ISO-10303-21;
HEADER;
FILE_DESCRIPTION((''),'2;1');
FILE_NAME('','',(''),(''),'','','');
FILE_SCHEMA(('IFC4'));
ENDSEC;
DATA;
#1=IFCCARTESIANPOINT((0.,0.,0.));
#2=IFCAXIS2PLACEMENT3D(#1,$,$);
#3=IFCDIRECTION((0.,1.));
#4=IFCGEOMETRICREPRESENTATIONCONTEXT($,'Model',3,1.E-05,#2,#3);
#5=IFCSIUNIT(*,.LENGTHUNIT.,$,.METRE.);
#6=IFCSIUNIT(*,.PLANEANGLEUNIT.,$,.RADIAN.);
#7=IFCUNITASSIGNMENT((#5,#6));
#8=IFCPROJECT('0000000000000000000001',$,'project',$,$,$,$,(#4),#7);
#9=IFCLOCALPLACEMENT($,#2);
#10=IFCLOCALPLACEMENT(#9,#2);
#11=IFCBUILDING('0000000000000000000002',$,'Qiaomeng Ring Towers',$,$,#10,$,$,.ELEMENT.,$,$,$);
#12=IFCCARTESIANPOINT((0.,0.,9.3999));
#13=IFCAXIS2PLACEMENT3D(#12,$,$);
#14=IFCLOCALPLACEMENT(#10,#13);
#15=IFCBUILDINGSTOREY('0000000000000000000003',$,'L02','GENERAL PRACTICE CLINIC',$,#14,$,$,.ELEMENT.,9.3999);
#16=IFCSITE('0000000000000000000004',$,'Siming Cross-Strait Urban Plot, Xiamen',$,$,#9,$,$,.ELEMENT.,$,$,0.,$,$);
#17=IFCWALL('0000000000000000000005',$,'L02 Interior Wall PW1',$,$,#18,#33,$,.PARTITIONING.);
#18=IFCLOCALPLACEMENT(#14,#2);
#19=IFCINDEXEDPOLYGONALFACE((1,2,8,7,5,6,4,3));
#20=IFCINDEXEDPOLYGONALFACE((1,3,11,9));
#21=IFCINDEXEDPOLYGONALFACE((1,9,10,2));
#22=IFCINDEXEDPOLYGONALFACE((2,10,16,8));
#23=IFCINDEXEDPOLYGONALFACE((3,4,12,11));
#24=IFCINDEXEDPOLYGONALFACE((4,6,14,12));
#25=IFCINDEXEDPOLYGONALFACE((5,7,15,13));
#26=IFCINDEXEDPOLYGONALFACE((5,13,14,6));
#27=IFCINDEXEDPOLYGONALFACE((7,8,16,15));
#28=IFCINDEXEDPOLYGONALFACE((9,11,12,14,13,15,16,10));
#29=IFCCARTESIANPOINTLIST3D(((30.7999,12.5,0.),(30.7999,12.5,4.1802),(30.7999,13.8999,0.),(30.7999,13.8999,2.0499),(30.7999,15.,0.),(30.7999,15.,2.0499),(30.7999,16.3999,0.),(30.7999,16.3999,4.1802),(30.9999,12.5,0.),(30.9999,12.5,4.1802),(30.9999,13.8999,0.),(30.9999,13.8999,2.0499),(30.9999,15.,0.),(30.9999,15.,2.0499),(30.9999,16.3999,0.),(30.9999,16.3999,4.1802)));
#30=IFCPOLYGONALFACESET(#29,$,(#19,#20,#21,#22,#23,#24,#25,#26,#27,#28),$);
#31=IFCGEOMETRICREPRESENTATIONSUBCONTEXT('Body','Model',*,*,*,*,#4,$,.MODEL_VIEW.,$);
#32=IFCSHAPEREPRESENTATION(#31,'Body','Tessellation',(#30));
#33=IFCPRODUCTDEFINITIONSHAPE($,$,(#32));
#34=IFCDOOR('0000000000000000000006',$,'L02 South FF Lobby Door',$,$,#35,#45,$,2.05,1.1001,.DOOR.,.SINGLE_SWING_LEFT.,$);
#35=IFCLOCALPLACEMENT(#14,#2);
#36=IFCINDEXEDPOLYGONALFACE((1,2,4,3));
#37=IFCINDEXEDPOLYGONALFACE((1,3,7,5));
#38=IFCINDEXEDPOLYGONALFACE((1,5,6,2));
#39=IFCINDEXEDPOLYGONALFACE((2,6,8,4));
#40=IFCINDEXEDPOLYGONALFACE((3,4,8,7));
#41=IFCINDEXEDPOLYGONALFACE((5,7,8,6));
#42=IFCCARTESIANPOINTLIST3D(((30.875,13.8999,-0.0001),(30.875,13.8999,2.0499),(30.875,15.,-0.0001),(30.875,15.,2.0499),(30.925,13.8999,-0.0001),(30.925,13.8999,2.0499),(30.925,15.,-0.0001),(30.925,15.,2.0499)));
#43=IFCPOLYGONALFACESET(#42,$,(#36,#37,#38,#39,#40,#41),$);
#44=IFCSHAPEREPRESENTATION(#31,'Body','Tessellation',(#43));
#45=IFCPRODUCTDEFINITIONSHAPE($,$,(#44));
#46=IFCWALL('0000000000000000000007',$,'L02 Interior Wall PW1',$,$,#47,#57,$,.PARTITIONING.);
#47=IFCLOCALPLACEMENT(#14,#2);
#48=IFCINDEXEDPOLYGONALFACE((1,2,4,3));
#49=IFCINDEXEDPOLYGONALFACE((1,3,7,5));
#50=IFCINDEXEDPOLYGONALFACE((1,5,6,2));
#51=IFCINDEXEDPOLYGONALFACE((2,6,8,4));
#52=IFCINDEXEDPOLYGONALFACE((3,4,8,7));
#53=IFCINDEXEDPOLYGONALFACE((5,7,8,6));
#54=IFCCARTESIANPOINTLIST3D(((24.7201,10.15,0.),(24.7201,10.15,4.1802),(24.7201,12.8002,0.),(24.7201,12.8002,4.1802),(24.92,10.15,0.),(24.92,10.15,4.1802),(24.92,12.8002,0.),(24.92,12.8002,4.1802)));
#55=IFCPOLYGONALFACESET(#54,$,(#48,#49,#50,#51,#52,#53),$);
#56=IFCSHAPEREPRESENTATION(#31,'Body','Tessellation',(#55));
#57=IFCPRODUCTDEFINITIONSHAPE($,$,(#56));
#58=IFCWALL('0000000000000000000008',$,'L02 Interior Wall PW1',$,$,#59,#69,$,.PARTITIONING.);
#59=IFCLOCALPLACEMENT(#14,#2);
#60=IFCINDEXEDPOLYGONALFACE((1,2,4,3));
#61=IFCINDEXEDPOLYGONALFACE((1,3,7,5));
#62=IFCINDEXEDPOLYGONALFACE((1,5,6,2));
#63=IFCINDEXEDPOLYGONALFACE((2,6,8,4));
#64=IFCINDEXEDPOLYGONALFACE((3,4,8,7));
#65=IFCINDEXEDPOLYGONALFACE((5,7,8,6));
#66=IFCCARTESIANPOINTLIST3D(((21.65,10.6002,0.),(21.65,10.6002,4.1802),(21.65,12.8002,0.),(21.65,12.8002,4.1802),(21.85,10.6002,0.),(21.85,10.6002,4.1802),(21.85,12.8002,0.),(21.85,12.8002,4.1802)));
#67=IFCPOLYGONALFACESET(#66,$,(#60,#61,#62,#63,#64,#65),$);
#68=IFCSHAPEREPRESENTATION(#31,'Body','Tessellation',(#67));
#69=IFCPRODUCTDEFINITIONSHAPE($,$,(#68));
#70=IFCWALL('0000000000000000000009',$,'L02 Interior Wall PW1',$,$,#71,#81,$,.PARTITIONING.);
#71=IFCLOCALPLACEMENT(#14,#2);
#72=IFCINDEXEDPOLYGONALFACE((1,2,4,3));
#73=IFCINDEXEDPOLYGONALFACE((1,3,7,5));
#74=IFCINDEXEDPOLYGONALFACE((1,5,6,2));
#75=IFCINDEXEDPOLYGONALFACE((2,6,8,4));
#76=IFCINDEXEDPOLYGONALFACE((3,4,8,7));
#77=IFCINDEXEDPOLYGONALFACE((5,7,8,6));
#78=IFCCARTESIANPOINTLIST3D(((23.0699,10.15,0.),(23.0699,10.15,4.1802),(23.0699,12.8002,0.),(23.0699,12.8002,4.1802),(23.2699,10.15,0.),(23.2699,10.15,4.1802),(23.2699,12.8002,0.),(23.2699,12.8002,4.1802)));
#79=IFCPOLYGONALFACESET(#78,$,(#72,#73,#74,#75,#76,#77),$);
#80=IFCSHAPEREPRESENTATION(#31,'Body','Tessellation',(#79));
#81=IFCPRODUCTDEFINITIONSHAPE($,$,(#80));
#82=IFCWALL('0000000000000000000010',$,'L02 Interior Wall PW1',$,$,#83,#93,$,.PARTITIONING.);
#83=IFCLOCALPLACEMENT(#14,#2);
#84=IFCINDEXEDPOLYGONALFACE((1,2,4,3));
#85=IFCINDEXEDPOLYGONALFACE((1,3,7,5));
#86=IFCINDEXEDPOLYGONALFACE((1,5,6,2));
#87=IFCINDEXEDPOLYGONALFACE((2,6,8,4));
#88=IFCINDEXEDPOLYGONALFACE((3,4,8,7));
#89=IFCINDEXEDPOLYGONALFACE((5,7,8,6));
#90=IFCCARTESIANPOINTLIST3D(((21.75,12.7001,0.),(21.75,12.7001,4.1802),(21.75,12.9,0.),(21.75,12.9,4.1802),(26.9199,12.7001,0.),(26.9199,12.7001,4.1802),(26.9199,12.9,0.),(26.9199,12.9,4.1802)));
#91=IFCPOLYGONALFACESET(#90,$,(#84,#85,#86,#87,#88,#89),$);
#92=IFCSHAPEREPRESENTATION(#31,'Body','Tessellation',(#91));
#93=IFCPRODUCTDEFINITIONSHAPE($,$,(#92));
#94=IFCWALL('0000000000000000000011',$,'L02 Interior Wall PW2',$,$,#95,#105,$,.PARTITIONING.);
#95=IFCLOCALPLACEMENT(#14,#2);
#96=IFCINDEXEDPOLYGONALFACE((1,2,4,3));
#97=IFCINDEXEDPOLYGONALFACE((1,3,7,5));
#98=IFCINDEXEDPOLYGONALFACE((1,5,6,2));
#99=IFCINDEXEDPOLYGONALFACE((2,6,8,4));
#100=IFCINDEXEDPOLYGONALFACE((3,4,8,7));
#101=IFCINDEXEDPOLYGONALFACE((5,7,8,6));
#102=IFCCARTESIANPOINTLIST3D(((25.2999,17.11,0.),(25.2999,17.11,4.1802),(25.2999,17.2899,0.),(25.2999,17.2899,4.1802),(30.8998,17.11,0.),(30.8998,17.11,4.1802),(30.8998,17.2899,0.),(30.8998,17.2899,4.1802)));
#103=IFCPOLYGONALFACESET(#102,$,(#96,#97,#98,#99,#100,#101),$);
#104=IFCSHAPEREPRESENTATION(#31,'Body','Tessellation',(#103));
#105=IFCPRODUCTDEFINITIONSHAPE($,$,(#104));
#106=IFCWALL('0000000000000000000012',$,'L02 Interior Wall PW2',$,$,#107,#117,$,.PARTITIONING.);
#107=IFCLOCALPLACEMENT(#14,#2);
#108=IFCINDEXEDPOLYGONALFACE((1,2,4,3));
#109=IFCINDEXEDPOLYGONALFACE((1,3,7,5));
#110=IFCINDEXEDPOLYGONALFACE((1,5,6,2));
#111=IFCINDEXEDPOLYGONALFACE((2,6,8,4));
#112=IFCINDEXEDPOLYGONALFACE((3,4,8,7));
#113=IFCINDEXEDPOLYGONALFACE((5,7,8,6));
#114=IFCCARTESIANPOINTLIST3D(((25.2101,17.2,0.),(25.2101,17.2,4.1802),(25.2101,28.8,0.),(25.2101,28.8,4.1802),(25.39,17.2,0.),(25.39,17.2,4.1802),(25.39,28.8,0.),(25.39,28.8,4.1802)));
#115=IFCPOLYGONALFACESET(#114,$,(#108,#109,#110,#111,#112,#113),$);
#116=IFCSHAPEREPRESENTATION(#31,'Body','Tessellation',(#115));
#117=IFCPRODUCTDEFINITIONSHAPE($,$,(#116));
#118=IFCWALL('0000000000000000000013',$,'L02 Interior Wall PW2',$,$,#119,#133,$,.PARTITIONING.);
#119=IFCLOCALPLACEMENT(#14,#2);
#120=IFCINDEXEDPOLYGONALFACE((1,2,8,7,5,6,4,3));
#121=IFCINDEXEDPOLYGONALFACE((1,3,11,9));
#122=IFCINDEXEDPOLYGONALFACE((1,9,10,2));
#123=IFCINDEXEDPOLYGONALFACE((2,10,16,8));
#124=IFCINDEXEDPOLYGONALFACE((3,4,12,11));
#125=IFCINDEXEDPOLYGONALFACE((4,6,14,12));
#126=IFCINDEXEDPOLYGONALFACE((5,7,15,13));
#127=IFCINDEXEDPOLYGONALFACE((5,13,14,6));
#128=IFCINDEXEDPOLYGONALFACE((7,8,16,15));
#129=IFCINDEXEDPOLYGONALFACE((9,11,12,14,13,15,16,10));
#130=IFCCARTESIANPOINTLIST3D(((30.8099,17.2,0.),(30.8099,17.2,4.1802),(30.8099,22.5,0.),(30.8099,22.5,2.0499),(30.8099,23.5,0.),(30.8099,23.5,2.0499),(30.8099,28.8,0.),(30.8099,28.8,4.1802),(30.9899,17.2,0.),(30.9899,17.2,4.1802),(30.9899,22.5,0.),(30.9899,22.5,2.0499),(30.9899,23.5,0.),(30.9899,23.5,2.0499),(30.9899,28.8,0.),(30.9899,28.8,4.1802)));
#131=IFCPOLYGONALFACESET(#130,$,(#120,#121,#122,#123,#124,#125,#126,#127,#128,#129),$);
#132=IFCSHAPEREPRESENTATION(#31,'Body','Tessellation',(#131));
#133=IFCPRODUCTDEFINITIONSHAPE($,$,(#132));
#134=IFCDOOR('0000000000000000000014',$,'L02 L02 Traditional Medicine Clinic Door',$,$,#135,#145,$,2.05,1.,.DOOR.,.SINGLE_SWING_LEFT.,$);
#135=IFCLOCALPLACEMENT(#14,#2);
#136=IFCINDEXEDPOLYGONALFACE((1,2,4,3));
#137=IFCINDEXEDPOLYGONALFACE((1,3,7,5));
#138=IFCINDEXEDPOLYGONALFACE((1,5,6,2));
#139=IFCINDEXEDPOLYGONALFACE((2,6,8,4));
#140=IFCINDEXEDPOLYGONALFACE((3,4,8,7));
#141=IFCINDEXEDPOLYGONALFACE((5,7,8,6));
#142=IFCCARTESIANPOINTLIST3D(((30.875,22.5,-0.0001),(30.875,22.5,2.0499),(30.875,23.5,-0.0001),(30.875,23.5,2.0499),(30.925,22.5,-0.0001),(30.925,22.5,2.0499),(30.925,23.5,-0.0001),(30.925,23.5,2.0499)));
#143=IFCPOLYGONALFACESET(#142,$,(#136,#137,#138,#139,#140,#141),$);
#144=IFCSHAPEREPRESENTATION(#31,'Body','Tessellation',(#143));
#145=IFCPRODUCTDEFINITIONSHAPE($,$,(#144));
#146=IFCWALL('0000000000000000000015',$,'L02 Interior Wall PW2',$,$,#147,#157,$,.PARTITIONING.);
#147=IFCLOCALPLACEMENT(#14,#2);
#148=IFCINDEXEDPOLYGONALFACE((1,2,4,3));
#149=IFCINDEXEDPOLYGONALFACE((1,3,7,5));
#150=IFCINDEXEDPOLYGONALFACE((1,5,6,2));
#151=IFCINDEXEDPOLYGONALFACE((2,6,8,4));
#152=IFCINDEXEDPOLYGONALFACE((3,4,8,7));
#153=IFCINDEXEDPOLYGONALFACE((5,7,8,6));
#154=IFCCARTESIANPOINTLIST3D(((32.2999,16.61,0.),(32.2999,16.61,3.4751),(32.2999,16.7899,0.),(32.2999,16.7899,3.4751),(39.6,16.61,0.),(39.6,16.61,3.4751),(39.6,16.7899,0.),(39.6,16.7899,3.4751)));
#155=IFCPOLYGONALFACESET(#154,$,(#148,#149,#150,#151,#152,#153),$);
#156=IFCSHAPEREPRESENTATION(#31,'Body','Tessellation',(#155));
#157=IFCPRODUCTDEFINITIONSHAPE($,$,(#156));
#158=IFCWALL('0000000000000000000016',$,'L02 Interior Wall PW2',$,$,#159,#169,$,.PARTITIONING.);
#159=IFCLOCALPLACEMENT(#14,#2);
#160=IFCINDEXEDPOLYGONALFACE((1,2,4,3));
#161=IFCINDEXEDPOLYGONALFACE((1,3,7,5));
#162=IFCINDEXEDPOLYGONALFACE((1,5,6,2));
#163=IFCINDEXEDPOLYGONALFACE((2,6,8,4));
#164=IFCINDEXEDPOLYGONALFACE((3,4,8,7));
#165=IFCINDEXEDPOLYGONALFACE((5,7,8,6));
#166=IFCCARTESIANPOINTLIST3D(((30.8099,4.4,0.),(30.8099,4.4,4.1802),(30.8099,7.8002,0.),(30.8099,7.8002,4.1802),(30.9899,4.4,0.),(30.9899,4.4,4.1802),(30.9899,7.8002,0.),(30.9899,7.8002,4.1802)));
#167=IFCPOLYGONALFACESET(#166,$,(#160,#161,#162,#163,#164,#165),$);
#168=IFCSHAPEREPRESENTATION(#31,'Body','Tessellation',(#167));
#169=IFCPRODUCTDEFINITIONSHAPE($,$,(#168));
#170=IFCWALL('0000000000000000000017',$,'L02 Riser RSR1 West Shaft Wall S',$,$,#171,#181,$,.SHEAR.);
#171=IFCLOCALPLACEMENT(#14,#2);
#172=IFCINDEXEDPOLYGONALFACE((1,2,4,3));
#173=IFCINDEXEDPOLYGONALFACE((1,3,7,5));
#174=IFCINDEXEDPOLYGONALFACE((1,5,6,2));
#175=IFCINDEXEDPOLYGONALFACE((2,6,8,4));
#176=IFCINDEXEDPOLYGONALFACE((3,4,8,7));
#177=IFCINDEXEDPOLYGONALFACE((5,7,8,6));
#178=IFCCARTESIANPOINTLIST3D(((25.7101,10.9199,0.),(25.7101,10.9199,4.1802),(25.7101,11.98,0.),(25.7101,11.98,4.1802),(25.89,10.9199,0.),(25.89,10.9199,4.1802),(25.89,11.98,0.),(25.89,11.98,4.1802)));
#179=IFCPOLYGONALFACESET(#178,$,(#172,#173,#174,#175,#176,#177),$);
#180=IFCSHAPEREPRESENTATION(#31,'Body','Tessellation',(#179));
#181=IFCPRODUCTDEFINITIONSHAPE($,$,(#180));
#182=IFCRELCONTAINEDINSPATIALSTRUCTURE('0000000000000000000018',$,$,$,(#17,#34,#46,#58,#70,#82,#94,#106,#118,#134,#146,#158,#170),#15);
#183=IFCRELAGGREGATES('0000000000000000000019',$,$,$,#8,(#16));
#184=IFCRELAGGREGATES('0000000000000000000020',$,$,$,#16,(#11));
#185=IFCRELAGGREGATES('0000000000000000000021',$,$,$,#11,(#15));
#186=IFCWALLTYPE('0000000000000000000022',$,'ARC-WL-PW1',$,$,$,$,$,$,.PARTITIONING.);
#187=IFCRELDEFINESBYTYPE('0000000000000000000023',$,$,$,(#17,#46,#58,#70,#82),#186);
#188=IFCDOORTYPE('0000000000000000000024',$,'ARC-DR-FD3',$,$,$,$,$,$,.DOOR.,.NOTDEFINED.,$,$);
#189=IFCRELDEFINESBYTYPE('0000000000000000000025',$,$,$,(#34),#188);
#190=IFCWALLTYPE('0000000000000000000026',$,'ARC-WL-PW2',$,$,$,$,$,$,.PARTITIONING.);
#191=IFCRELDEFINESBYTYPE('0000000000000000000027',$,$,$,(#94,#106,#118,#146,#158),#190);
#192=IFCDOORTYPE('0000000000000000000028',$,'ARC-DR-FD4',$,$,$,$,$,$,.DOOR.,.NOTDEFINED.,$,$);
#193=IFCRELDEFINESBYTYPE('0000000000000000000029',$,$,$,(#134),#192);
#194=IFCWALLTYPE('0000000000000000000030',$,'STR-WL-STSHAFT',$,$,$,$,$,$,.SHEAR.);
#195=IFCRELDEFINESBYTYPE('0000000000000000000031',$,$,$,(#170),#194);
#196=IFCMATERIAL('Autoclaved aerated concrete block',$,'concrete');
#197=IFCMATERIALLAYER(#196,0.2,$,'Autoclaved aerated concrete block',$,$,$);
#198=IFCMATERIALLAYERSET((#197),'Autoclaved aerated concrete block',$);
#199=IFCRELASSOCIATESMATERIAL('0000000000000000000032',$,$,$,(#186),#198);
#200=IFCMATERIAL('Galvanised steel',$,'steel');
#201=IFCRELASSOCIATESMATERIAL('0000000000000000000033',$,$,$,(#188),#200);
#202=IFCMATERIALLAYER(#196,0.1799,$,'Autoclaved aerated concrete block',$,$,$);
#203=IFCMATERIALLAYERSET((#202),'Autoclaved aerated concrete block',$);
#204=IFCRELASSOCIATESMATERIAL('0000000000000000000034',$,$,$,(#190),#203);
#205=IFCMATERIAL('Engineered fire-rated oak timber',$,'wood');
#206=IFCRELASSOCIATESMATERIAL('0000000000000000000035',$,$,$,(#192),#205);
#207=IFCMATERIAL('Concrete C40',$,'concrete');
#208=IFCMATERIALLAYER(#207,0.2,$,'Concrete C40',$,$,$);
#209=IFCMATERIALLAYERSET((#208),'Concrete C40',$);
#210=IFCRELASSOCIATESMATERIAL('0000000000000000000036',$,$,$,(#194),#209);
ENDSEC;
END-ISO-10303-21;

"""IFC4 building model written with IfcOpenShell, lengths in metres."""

from ifc_helpers import new_model, si_unit, direction, frame, frame_2d, origin, place, context, subcontext, project, spatial, rectangle, extrude, source, transform, mapped, material, layer, layer_set, type_object, element, fill, save


model = new_model("IFC4")

# Units and contexts
model_context = context("Model", 3, precision=1e-05, world=origin(), true_north=direction((0.0, 1.0)))
body_context = subcontext(model_context, "Body", "Model", "MODEL_VIEW")
ifc_project = project(units=[si_unit("LENGTHUNIT", "METRE"), si_unit("PLANEANGLEUNIT", "RADIAN")], contexts=[model_context])

# Site, building, storey
site_placement = place(None, origin())
site = spatial("IfcSite", under=ifc_project, at=site_placement, Name="Siming Cross-Strait Urban Plot, Xiamen", CompositionType="ELEMENT", RefElevation=0.0)
building_placement = place(site_placement, origin())
building = spatial("IfcBuilding", under=site, at=building_placement, Name="Qiaomeng Ring Towers", CompositionType="ELEMENT")
storey_placement = place(building_placement, frame((0.0, 0.0, 9.3999)))
storey = spatial("IfcBuildingStorey", under=building, at=storey_placement, Name="L02", Description="GENERAL PRACTICE CLINIC", CompositionType="ELEMENT", Elevation=9.3999)

# Shared definitions
ifc_material_1 = material(Name="Autoclaved aerated concrete block", Category="concrete")
ifc_layer_1 = layer(ifc_material_1, 0.2, Name="Autoclaved aerated concrete block")
ifc_layer_set_1 = layer_set([ifc_layer_1], Name="Autoclaved aerated concrete block")
wall_type_1 = type_object("IfcWallType", Name="ARC-WL-PW1", PredefinedType="PARTITIONING", material=ifc_layer_set_1)

# Wall, opening, door
wall_1_placement = place(storey_placement, frame((30.8999, 12.5, 0.0), z_axis=(0.0, 0.0, 1.0), x_axis=(0.0, 1.0, 0.0)))
wall_1 = element("IfcWall", 1, at=wall_1_placement, inside=storey, type_object=wall_type_1, Name="L02 Interior Wall PW1", PredefinedType="PARTITIONING", context=body_context, shape_type="SweptSolid", body=[
    extrude(rectangle(XDim=3.8999, YDim=0.2, at=frame_2d((1.95, 0.0))), origin(), (0.0, 0.0, 1.0), 4.1802),
])
opening_1_placement = place(wall_1_placement, frame((1.3999, 0.0, 0.0)))
opening_1 = element("IfcOpeningElement", 2, at=opening_1_placement, cuts=wall_1, PredefinedType="OPENING", context=body_context, shape_type="SweptSolid", body=[
    extrude(rectangle(XDim=1.1001, YDim=2.05, at=frame_2d((0.55, 1.0249))), frame((0.0, 0.1099, 0.0), z_axis=(0.0, -1.0, 0.0), x_axis=(1.0, 0.0, 0.0)), (0.0, 0.0, 1.0), 0.22),
])
ifc_material_2 = material(Name="Galvanised steel", Category="steel")
door_type_1 = type_object("IfcDoorType", Name="ARC-DR-FD3", OperationType="NOTDEFINED", PredefinedType="DOOR", material=ifc_material_2)
shared_shape_1 = source(origin(), body_context, "Body", "SweptSolid", [
    extrude(rectangle(XDim=1.1001, YDim=2.05, at=frame_2d((0.55, 1.0249))), frame((0.0, 0.0249, 0.0), z_axis=(0.0, -1.0, 0.0), x_axis=(1.0, 0.0, 0.0)), (0.0, 0.0, 1.0), 0.05),
])
door_1_placement = place(opening_1_placement, origin())
door_1 = element("IfcDoor", 3, at=door_1_placement, inside=storey, type_object=door_type_1, Name="L02 South FF Lobby Door", OperationType="SINGLE_SWING_LEFT", OverallHeight=2.05, OverallWidth=1.1001, PredefinedType="DOOR", context=body_context, shape_type="MappedRepresentation", body=[
    mapped(shared_shape_1, transform((0.0, 0.0, 0.0), x_axis=(1.0, 0.0, 0.0), y_axis=(0.0, 1.0, 0.0), z_axis=(0.0, 0.0, 1.0), scale=1.0)),
])
fill(opening_1, door_1)

# Walls
wall_2_placement = place(storey_placement, frame((24.8201, 10.1499, 0.0), z_axis=(0.0, 0.0, 1.0), x_axis=(0.0, 1.0, 0.0)))
element("IfcWall", 4, at=wall_2_placement, inside=storey, type_object=wall_type_1, Name="L02 Interior Wall PW1", PredefinedType="PARTITIONING", context=body_context, shape_type="SweptSolid", body=[
    extrude(rectangle(XDim=2.6501, YDim=0.2, at=frame_2d((1.3252, 0.0))), origin(), (0.0, 0.0, 1.0), 4.1802),
])
wall_3_placement = place(storey_placement, frame((21.75, 10.6001, 0.0), z_axis=(0.0, 0.0, 1.0), x_axis=(0.0, 1.0, 0.0)))
element("IfcWall", 5, at=wall_3_placement, inside=storey, type_object=wall_type_1, Name="L02 Interior Wall PW1", PredefinedType="PARTITIONING", context=body_context, shape_type="SweptSolid", body=[
    extrude(rectangle(XDim=2.2, YDim=0.2, at=frame_2d((1.1001, 0.0))), origin(), (0.0, 0.0, 1.0), 4.1802),
])
wall_4_placement = place(storey_placement, frame((23.1699, 10.1499, 0.0), z_axis=(0.0, 0.0, 1.0), x_axis=(0.0, 1.0, 0.0)))
element("IfcWall", 6, at=wall_4_placement, inside=storey, type_object=wall_type_1, Name="L02 Interior Wall PW1", PredefinedType="PARTITIONING", context=body_context, shape_type="SweptSolid", body=[
    extrude(rectangle(XDim=2.6501, YDim=0.2, at=frame_2d((1.3252, 0.0))), origin(), (0.0, 0.0, 1.0), 4.1802),
])
wall_5_placement = place(storey_placement, frame((21.75, 12.8, 0.0), z_axis=(0.0, 0.0, 1.0), x_axis=(1.0, 0.0, 0.0)))
element("IfcWall", 7, at=wall_5_placement, inside=storey, type_object=wall_type_1, Name="L02 Interior Wall PW1", PredefinedType="PARTITIONING", context=body_context, shape_type="SweptSolid", body=[
    extrude(rectangle(XDim=5.1699, YDim=0.2, at=frame_2d((2.585, 0.0))), origin(), (0.0, 0.0, 1.0), 4.1802),
])
ifc_layer_2 = layer(ifc_material_1, 0.1799, Name="Autoclaved aerated concrete block")
ifc_layer_set_2 = layer_set([ifc_layer_2], Name="Autoclaved aerated concrete block")
wall_type_2 = type_object("IfcWallType", Name="ARC-WL-PW2", PredefinedType="PARTITIONING", material=ifc_layer_set_2)
wall_6_placement = place(storey_placement, frame((25.3, 17.2, 0.0), z_axis=(0.0, 0.0, 1.0), x_axis=(1.0, 0.0, 0.0)))
element("IfcWall", 8, at=wall_6_placement, inside=storey, type_object=wall_type_2, Name="L02 Interior Wall PW2", PredefinedType="PARTITIONING", context=body_context, shape_type="SweptSolid", body=[
    extrude(rectangle(XDim=5.5999, YDim=0.1799, at=frame_2d((2.7998, 0.0))), origin(), (0.0, 0.0, 1.0), 4.1802),
])
wall_7_placement = place(storey_placement, frame((25.3, 17.2, 0.0), z_axis=(0.0, 0.0, 1.0), x_axis=(0.0, 1.0, 0.0)))
element("IfcWall", 9, at=wall_7_placement, inside=storey, type_object=wall_type_2, Name="L02 Interior Wall PW2", PredefinedType="PARTITIONING", context=body_context, shape_type="SweptSolid", body=[
    extrude(rectangle(XDim=11.6001, YDim=0.1799, at=frame_2d((5.8, 0.0))), origin(), (0.0, 0.0, 1.0), 4.1802),
])

# Wall, opening, door
wall_8_placement = place(storey_placement, frame((30.8999, 17.2, 0.0), z_axis=(0.0, 0.0, 1.0), x_axis=(0.0, 1.0, 0.0)))
wall_8 = element("IfcWall", 10, at=wall_8_placement, inside=storey, type_object=wall_type_2, Name="L02 Interior Wall PW2", PredefinedType="PARTITIONING", context=body_context, shape_type="SweptSolid", body=[
    extrude(rectangle(XDim=11.6001, YDim=0.1799, at=frame_2d((5.8, 0.0))), origin(), (0.0, 0.0, 1.0), 4.1802),
])
opening_2_placement = place(wall_8_placement, frame((5.3, 0.0, 0.0)))
opening_2 = element("IfcOpeningElement", 11, at=opening_2_placement, cuts=wall_8, PredefinedType="OPENING", context=body_context, shape_type="SweptSolid", body=[
    extrude(rectangle(XDim=1.0, YDim=2.05, at=frame_2d((0.5, 1.0249))), frame((0.0, 0.0999, 0.0), z_axis=(0.0, -1.0, 0.0), x_axis=(1.0, 0.0, 0.0)), (0.0, 0.0, 1.0), 0.2),
])
ifc_material_3 = material(Name="Engineered fire-rated oak timber", Category="wood")
door_type_2 = type_object("IfcDoorType", Name="ARC-DR-FD4", OperationType="NOTDEFINED", PredefinedType="DOOR", material=ifc_material_3)
shared_shape_2 = source(origin(), body_context, "Body", "SweptSolid", [
    extrude(rectangle(XDim=1.0, YDim=2.05, at=frame_2d((0.5, 1.0249))), frame((0.0, 0.0249, 0.0), z_axis=(0.0, -1.0, 0.0), x_axis=(1.0, 0.0, 0.0)), (0.0, 0.0, 1.0), 0.05),
])
door_2_placement = place(opening_2_placement, origin())
door_2 = element("IfcDoor", 12, at=door_2_placement, inside=storey, type_object=door_type_2, Name="L02 L02 Traditional Medicine Clinic Door", OperationType="SINGLE_SWING_LEFT", OverallHeight=2.05, OverallWidth=1.0, PredefinedType="DOOR", context=body_context, shape_type="MappedRepresentation", body=[
    mapped(shared_shape_2, transform((0.0, 0.0, 0.0), x_axis=(1.0, 0.0, 0.0), y_axis=(0.0, 1.0, 0.0), z_axis=(0.0, 0.0, 1.0), scale=1.0)),
])
fill(opening_2, door_2)

# Walls
wall_9_placement = place(storey_placement, frame((32.3, 16.7, 0.0), z_axis=(0.0, 0.0, 1.0), x_axis=(1.0, 0.0, 0.0)))
element("IfcWall", 13, at=wall_9_placement, inside=storey, type_object=wall_type_2, Name="L02 Interior Wall PW2", PredefinedType="PARTITIONING", context=body_context, shape_type="SweptSolid", body=[
    extrude(rectangle(XDim=7.3, YDim=0.1799, at=frame_2d((3.6499, 0.0))), origin(), (0.0, 0.0, 1.0), 3.4751),
])
wall_10_placement = place(storey_placement, frame((30.8999, 4.3999, 0.0), z_axis=(0.0, 0.0, 1.0), x_axis=(0.0, 1.0, 0.0)))
element("IfcWall", 14, at=wall_10_placement, inside=storey, type_object=wall_type_2, Name="L02 Interior Wall PW2", PredefinedType="PARTITIONING", context=body_context, shape_type="SweptSolid", body=[
    extrude(rectangle(XDim=3.4001, YDim=0.1799, at=frame_2d((1.7002, 0.0))), origin(), (0.0, 0.0, 1.0), 4.1802),
])
ifc_material_4 = material(Name="Concrete C40", Category="concrete")
ifc_layer_3 = layer(ifc_material_4, 0.2, Name="Concrete C40")
ifc_layer_set_3 = layer_set([ifc_layer_3], Name="Concrete C40")
wall_type_3 = type_object("IfcWallType", Name="STR-WL-STSHAFT", PredefinedType="SHEAR", material=ifc_layer_set_3)
wall_11_placement = place(storey_placement, frame((25.8, 10.9199, 0.0), z_axis=(0.0, 0.0, 1.0), x_axis=(0.0, 1.0, 0.0)))
element("IfcWall", 15, at=wall_11_placement, inside=storey, type_object=wall_type_3, Name="L02 Riser RSR1 West Shaft Wall S", PredefinedType="SHEAR", context=body_context, shape_type="SweptSolid", body=[
    extrude(rectangle(XDim=1.0601, YDim=0.1799, at=frame_2d((0.53, 0.0))), origin(), (0.0, 0.0, 1.0), 4.1802),
])

save(model, "model.ifc")
